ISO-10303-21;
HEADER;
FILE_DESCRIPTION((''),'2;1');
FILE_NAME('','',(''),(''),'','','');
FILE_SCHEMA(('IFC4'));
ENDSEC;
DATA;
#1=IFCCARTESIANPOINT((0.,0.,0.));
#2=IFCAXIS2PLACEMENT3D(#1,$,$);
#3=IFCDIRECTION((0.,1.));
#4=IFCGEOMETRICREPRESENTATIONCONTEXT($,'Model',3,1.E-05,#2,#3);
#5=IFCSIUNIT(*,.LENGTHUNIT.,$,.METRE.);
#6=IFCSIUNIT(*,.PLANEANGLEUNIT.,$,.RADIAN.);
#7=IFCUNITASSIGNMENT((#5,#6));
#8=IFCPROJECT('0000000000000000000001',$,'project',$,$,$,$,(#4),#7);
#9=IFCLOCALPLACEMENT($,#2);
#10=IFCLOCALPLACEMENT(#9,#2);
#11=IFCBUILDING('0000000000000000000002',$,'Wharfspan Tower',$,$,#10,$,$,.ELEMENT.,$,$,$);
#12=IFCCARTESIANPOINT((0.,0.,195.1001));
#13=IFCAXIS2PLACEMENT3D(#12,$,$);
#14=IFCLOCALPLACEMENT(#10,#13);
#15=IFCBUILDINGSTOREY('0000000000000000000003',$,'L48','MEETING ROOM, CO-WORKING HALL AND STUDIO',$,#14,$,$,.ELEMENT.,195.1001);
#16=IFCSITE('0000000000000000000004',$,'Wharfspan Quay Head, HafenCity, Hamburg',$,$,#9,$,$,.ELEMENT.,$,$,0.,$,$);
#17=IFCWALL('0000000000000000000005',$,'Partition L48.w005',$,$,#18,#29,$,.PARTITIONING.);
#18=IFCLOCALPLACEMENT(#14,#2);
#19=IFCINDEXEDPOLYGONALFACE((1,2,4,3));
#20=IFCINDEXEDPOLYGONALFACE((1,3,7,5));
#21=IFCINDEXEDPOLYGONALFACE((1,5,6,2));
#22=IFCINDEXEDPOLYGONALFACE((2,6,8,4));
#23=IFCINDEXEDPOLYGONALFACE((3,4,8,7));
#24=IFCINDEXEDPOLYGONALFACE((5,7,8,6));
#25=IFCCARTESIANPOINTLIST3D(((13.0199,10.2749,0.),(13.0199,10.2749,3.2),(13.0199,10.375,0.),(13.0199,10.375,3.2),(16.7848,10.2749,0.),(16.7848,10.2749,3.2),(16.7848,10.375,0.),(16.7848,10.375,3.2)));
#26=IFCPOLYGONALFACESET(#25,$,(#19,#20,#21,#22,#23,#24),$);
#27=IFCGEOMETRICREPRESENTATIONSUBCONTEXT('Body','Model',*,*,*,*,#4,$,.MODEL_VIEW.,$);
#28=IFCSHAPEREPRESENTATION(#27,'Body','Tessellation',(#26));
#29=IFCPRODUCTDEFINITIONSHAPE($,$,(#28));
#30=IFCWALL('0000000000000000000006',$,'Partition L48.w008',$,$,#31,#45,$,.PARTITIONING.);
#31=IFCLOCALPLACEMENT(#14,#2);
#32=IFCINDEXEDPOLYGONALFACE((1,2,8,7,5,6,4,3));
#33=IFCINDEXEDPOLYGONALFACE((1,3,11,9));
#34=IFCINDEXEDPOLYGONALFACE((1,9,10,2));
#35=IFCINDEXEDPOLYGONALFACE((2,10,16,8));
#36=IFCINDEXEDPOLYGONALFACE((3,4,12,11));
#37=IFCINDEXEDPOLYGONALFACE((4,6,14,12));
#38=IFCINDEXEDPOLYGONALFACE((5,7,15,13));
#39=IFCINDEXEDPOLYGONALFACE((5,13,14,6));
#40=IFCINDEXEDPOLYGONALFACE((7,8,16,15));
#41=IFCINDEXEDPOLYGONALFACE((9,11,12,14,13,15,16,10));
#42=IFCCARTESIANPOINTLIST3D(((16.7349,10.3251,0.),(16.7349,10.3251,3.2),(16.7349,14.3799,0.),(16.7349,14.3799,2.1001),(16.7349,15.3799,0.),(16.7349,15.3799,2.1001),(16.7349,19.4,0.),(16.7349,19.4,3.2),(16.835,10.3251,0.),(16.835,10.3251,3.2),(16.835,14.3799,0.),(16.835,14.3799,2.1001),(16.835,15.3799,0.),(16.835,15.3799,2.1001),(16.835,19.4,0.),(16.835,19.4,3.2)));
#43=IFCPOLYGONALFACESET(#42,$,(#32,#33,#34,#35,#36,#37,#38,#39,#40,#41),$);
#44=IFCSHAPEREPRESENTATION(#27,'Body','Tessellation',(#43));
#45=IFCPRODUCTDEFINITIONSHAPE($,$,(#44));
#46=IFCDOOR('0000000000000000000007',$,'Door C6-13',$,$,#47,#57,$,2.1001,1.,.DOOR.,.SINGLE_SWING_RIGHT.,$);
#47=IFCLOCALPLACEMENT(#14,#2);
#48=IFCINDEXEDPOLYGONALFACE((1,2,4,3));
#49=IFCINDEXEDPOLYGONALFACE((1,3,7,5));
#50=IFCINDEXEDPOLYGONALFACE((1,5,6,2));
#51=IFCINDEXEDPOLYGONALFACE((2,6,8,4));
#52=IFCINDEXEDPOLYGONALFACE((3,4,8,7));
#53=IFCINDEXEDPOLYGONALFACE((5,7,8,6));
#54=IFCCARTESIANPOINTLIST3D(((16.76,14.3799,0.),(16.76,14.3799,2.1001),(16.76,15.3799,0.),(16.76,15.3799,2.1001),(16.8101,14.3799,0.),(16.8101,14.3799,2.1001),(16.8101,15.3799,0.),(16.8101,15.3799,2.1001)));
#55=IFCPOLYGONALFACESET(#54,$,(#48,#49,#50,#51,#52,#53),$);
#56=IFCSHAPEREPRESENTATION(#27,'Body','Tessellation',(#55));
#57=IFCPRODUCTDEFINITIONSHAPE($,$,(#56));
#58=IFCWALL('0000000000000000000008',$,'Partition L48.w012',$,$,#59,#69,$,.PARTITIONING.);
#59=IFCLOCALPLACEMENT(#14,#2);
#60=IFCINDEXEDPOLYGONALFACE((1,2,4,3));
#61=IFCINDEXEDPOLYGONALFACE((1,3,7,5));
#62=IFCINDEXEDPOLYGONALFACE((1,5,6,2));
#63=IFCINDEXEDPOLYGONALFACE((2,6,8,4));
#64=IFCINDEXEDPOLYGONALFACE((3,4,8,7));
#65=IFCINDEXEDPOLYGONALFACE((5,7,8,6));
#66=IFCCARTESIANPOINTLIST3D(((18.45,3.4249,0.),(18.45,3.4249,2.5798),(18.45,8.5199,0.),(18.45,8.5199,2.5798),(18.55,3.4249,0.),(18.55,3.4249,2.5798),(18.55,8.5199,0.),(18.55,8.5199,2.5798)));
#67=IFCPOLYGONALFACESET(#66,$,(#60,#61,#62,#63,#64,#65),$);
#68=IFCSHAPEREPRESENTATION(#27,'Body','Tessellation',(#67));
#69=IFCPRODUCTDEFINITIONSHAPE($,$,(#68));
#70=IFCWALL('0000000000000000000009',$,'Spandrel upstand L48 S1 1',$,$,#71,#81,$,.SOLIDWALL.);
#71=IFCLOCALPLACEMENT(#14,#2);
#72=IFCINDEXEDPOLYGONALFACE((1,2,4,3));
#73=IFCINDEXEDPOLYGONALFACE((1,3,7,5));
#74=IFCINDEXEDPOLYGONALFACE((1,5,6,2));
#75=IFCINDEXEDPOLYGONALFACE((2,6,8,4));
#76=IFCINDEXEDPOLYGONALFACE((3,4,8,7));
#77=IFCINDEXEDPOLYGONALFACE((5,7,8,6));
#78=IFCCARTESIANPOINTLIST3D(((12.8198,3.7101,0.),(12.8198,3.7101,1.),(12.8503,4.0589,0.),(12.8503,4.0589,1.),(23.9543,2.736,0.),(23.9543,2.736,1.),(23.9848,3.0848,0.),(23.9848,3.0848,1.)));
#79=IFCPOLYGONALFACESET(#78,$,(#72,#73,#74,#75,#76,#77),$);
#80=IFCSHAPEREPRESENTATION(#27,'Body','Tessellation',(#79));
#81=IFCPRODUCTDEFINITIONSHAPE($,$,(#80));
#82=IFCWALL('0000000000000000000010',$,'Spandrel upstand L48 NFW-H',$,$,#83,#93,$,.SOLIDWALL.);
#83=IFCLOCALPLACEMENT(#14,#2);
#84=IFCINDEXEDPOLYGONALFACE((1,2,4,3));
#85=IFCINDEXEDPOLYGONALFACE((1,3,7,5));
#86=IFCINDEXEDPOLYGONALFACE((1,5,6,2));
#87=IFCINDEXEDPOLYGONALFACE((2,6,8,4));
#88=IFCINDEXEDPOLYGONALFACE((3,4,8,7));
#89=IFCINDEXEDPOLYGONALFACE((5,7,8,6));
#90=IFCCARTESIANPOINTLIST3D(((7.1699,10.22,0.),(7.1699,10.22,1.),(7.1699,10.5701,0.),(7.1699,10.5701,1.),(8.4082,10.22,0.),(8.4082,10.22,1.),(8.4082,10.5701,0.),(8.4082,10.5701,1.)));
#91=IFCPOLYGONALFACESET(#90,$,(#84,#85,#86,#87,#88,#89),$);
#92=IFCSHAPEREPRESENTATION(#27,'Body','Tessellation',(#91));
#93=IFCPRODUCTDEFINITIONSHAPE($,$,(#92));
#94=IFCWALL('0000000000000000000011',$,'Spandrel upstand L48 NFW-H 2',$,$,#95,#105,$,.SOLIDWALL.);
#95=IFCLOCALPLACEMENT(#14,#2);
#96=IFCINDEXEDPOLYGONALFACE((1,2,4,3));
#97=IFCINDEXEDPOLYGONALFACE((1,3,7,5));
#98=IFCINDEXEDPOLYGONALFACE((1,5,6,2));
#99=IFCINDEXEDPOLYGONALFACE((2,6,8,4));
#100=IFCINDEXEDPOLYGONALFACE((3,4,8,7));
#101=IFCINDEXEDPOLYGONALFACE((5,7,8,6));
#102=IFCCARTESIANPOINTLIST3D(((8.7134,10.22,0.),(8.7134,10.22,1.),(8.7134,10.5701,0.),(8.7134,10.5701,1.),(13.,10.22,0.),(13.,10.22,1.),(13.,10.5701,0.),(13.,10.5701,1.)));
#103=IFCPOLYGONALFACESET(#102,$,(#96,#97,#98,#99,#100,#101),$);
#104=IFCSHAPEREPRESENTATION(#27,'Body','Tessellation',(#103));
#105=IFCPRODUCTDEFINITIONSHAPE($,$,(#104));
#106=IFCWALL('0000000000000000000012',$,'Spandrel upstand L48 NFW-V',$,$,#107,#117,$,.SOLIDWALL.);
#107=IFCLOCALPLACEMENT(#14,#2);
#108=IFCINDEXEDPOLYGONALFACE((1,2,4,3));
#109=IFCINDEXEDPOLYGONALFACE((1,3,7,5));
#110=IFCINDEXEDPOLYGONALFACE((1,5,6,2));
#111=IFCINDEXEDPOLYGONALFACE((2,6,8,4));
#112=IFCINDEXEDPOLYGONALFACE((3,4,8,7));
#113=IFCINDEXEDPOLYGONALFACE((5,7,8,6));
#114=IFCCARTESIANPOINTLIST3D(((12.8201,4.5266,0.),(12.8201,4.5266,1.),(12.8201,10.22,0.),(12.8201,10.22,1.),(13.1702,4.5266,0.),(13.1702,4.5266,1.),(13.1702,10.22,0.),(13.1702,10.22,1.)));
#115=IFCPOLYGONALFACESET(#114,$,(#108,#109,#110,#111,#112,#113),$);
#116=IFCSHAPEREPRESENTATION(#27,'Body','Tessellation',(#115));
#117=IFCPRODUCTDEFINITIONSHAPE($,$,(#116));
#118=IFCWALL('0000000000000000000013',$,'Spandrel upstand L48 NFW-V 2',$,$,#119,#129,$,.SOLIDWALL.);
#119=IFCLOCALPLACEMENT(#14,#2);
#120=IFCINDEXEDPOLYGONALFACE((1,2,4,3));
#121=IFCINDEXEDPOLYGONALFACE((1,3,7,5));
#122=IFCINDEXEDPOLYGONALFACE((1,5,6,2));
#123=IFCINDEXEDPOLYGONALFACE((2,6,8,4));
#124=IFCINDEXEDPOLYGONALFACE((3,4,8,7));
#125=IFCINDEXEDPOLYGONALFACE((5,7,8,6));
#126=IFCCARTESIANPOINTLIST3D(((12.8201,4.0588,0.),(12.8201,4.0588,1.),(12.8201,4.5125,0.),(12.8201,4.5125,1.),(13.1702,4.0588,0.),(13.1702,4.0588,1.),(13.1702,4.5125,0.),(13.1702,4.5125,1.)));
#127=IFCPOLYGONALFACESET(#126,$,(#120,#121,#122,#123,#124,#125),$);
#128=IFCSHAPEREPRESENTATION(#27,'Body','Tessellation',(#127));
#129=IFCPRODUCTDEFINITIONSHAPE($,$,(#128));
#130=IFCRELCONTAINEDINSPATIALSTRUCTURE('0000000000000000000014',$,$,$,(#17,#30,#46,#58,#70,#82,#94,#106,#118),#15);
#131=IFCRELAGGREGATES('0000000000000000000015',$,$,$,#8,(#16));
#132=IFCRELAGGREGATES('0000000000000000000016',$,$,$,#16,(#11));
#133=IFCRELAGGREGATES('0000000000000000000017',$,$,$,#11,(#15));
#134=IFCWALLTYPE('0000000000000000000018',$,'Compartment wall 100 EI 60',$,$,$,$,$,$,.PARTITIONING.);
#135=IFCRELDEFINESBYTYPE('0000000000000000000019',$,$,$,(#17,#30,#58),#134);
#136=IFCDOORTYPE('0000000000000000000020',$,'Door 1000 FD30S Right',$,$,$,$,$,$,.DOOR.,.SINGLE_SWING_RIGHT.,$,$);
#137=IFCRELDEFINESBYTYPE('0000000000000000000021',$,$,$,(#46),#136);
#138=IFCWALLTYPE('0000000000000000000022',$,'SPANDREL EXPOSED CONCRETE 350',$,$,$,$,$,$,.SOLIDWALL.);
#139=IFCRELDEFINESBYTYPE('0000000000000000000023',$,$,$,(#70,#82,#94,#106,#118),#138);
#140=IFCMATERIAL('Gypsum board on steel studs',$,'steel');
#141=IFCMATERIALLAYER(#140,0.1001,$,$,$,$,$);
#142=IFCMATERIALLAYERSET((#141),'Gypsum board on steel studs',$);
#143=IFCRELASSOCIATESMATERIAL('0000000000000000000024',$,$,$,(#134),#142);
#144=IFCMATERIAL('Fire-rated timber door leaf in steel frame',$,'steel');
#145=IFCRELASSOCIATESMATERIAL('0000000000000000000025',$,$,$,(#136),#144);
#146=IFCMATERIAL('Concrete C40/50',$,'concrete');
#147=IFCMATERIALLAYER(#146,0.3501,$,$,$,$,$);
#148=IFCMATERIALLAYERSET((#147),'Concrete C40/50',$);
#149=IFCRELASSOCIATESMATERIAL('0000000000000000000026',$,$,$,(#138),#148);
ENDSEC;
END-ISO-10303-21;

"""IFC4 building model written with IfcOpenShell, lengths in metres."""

from ifc_helpers import new_model, si_unit, direction, frame, frame_2d, origin, place, context, subcontext, project, spatial, rectangle, extrude, material, layer, layer_set, type_object, element, fill, save


model = new_model("IFC4")

# Units and contexts
model_context = context("Model", 3, precision=1e-05, world=origin(), true_north=direction((0.0, 1.0)))
body_context = subcontext(model_context, "Body", "Model", "MODEL_VIEW")
ifc_project = project(units=[si_unit("LENGTHUNIT", "METRE"), si_unit("PLANEANGLEUNIT", "RADIAN")], contexts=[model_context])

# Site, building, storey
site_placement = place(None, origin())
site = spatial("IfcSite", under=ifc_project, at=site_placement, Name="Wharfspan Quay Head, HafenCity, Hamburg", CompositionType="ELEMENT", RefElevation=0.0)
building_placement = place(site_placement, origin())
building = spatial("IfcBuilding", under=site, at=building_placement, Name="Wharfspan Tower", CompositionType="ELEMENT")
storey_placement = place(building_placement, frame((0.0, 0.0, 195.1001)))
storey = spatial("IfcBuildingStorey", under=building, at=storey_placement, Name="L48", Description="MEETING ROOM, CO-WORKING HALL AND STUDIO", CompositionType="ELEMENT", Elevation=195.1001)

# Shared definitions
ifc_material_1 = material(Name="Gypsum board on steel studs", Category="steel")
ifc_layer_1 = layer(ifc_material_1, 0.1001)
ifc_layer_set_1 = layer_set([ifc_layer_1], Name="Gypsum board on steel studs")
wall_type_1 = type_object("IfcWallType", Name="Compartment wall 100 EI 60", PredefinedType="PARTITIONING", material=ifc_layer_set_1)
ifc_material_2 = material(Name="Fire-rated timber door leaf in steel frame", Category="steel")
door_type_1 = type_object("IfcDoorType", Name="Door 1000 FD30S Right", OperationType="SINGLE_SWING_RIGHT", PredefinedType="DOOR", material=ifc_material_2)

# Wall
wall_1_placement = place(storey_placement, frame((13.02, 10.325, 0.0), z_axis=(0.0, 0.0, 1.0), x_axis=(1.0, 0.0, 0.0)))
element("IfcWall", 1, at=wall_1_placement, inside=storey, type_object=wall_type_1, Name="Partition L48.w005", PredefinedType="PARTITIONING", context=body_context, shape_type="SweptSolid", body=[
    extrude(rectangle(XDim=3.7649, YDim=0.1001, at=frame_2d((1.8823, 0.0))), origin(), (0.0, 0.0, 1.0), 3.2),
])

# Wall, opening, door
wall_2_placement = place(storey_placement, frame((16.7849, 10.325, 0.0), z_axis=(0.0, 0.0, 1.0), x_axis=(0.0, 1.0, 0.0)))
wall_2 = element("IfcWall", 2, at=wall_2_placement, inside=storey, type_object=wall_type_1, Name="Partition L48.w008", PredefinedType="PARTITIONING", context=body_context, shape_type="SweptSolid", body=[
    extrude(rectangle(XDim=9.075, YDim=0.1001, at=frame_2d((4.5376, 0.0))), origin(), (0.0, 0.0, 1.0), 3.2),
])
opening_1_placement = place(wall_2_placement, frame((4.0549, 0.0, 0.0)))
opening_1 = element("IfcOpeningElement", 3, at=opening_1_placement, cuts=wall_2, PredefinedType="OPENING", context=body_context, shape_type="SweptSolid", body=[
    extrude(rectangle(XDim=1.0, YDim=2.1001, at=frame_2d((0.5, 1.05))), frame((0.0, 0.0601, 0.0), z_axis=(0.0, -1.0, 0.0), x_axis=(1.0, 0.0, 0.0)), (0.0, 0.0, 1.0), 0.1201),
])
door_1_placement = place(opening_1_placement, origin())
door_1 = element("IfcDoor", 4, at=door_1_placement, inside=storey, type_object=door_type_1, Name="Door C6-13", OperationType="SINGLE_SWING_RIGHT", OverallHeight=2.1001, OverallWidth=1.0, PredefinedType="DOOR", context=body_context, shape_type="SweptSolid", body=[
    extrude(rectangle(XDim=1.0, YDim=2.1001, at=frame_2d((0.5, 1.05))), frame((0.0, 0.0249, 0.0), z_axis=(0.0, -1.0, 0.0), x_axis=(1.0, 0.0, 0.0)), (0.0, 0.0, 1.0), 0.05),
])
fill(opening_1, door_1)

# Walls
wall_3_placement = place(storey_placement, frame((18.5, 3.425, 0.0), z_axis=(0.0, 0.0, 1.0), x_axis=(0.0, 1.0, 0.0)))
element("IfcWall", 5, at=wall_3_placement, inside=storey, type_object=wall_type_1, Name="Partition L48.w012", PredefinedType="PARTITIONING", context=body_context, shape_type="SweptSolid", body=[
    extrude(rectangle(XDim=5.095, YDim=0.1001, at=frame_2d((2.5474, 0.0))), origin(), (0.0, 0.0, 1.0), 2.5798),
])
ifc_material_3 = material(Name="Concrete C40/50", Category="concrete")
ifc_layer_2 = layer(ifc_material_3, 0.3501)
ifc_layer_set_2 = layer_set([ifc_layer_2], Name="Concrete C40/50")
wall_type_2 = type_object("IfcWallType", Name="SPANDREL EXPOSED CONCRETE 350", PredefinedType="SOLIDWALL", material=ifc_layer_set_2)
wall_4_placement = place(storey_placement, frame((12.8352, 3.8845, 0.0), z_axis=(0.0, 0.0, 1.0), x_axis=(0.996199, -0.087154, 0.0)))
element("IfcWall", 6, at=wall_4_placement, inside=storey, type_object=wall_type_2, Name="Spandrel upstand L48 S1 1", PredefinedType="SOLIDWALL", context=body_context, shape_type="SweptSolid", body=[
    extrude(rectangle(XDim=11.177, YDim=0.3501, at=frame_2d((5.5884, 0.0))), origin(), (0.0, 0.0, 1.0), 1.0),
])
wall_5_placement = place(storey_placement, frame((7.1699, 10.395, 0.0), z_axis=(0.0, 0.0, 1.0), x_axis=(1.0, 0.0, 0.0)))
element("IfcWall", 7, at=wall_5_placement, inside=storey, type_object=wall_type_2, Name="Spandrel upstand L48 NFW-H", PredefinedType="SOLIDWALL", context=body_context, shape_type="SweptSolid", body=[
    extrude(rectangle(XDim=1.2383, YDim=0.3501, at=frame_2d((0.6191, 0.0))), origin(), (0.0, 0.0, 1.0), 1.0),
])
wall_6_placement = place(storey_placement, frame((8.7134, 10.395, 0.0), z_axis=(0.0, 0.0, 1.0), x_axis=(1.0, 0.0, 0.0)))
element("IfcWall", 8, at=wall_6_placement, inside=storey, type_object=wall_type_2, Name="Spandrel upstand L48 NFW-H 2", PredefinedType="SOLIDWALL", context=body_context, shape_type="SweptSolid", body=[
    extrude(rectangle(XDim=4.2866, YDim=0.3501, at=frame_2d((2.1433, 0.0))), origin(), (0.0, 0.0, 1.0), 1.0),
])
wall_7_placement = place(storey_placement, frame((12.9951, 10.22, 0.0), z_axis=(0.0, 0.0, 1.0), x_axis=(0.0, -1.0, 0.0)))
element("IfcWall", 9, at=wall_7_placement, inside=storey, type_object=wall_type_2, Name="Spandrel upstand L48 NFW-V", PredefinedType="SOLIDWALL", context=body_context, shape_type="SweptSolid", body=[
    extrude(rectangle(XDim=5.6934, YDim=0.3501, at=frame_2d((2.8467, 0.0))), origin(), (0.0, 0.0, 1.0), 1.0),
])
wall_8_placement = place(storey_placement, frame((12.9951, 4.5125, 0.0), z_axis=(0.0, 0.0, 1.0), x_axis=(0.0, -1.0, 0.0)))
element("IfcWall", 10, at=wall_8_placement, inside=storey, type_object=wall_type_2, Name="Spandrel upstand L48 NFW-V 2", PredefinedType="SOLIDWALL", context=body_context, shape_type="SweptSolid", body=[
    extrude(rectangle(XDim=0.4536, YDim=0.3501, at=frame_2d((0.2268, 0.0))), origin(), (0.0, 0.0, 1.0), 1.0),
])

save(model, "model.ifc")
